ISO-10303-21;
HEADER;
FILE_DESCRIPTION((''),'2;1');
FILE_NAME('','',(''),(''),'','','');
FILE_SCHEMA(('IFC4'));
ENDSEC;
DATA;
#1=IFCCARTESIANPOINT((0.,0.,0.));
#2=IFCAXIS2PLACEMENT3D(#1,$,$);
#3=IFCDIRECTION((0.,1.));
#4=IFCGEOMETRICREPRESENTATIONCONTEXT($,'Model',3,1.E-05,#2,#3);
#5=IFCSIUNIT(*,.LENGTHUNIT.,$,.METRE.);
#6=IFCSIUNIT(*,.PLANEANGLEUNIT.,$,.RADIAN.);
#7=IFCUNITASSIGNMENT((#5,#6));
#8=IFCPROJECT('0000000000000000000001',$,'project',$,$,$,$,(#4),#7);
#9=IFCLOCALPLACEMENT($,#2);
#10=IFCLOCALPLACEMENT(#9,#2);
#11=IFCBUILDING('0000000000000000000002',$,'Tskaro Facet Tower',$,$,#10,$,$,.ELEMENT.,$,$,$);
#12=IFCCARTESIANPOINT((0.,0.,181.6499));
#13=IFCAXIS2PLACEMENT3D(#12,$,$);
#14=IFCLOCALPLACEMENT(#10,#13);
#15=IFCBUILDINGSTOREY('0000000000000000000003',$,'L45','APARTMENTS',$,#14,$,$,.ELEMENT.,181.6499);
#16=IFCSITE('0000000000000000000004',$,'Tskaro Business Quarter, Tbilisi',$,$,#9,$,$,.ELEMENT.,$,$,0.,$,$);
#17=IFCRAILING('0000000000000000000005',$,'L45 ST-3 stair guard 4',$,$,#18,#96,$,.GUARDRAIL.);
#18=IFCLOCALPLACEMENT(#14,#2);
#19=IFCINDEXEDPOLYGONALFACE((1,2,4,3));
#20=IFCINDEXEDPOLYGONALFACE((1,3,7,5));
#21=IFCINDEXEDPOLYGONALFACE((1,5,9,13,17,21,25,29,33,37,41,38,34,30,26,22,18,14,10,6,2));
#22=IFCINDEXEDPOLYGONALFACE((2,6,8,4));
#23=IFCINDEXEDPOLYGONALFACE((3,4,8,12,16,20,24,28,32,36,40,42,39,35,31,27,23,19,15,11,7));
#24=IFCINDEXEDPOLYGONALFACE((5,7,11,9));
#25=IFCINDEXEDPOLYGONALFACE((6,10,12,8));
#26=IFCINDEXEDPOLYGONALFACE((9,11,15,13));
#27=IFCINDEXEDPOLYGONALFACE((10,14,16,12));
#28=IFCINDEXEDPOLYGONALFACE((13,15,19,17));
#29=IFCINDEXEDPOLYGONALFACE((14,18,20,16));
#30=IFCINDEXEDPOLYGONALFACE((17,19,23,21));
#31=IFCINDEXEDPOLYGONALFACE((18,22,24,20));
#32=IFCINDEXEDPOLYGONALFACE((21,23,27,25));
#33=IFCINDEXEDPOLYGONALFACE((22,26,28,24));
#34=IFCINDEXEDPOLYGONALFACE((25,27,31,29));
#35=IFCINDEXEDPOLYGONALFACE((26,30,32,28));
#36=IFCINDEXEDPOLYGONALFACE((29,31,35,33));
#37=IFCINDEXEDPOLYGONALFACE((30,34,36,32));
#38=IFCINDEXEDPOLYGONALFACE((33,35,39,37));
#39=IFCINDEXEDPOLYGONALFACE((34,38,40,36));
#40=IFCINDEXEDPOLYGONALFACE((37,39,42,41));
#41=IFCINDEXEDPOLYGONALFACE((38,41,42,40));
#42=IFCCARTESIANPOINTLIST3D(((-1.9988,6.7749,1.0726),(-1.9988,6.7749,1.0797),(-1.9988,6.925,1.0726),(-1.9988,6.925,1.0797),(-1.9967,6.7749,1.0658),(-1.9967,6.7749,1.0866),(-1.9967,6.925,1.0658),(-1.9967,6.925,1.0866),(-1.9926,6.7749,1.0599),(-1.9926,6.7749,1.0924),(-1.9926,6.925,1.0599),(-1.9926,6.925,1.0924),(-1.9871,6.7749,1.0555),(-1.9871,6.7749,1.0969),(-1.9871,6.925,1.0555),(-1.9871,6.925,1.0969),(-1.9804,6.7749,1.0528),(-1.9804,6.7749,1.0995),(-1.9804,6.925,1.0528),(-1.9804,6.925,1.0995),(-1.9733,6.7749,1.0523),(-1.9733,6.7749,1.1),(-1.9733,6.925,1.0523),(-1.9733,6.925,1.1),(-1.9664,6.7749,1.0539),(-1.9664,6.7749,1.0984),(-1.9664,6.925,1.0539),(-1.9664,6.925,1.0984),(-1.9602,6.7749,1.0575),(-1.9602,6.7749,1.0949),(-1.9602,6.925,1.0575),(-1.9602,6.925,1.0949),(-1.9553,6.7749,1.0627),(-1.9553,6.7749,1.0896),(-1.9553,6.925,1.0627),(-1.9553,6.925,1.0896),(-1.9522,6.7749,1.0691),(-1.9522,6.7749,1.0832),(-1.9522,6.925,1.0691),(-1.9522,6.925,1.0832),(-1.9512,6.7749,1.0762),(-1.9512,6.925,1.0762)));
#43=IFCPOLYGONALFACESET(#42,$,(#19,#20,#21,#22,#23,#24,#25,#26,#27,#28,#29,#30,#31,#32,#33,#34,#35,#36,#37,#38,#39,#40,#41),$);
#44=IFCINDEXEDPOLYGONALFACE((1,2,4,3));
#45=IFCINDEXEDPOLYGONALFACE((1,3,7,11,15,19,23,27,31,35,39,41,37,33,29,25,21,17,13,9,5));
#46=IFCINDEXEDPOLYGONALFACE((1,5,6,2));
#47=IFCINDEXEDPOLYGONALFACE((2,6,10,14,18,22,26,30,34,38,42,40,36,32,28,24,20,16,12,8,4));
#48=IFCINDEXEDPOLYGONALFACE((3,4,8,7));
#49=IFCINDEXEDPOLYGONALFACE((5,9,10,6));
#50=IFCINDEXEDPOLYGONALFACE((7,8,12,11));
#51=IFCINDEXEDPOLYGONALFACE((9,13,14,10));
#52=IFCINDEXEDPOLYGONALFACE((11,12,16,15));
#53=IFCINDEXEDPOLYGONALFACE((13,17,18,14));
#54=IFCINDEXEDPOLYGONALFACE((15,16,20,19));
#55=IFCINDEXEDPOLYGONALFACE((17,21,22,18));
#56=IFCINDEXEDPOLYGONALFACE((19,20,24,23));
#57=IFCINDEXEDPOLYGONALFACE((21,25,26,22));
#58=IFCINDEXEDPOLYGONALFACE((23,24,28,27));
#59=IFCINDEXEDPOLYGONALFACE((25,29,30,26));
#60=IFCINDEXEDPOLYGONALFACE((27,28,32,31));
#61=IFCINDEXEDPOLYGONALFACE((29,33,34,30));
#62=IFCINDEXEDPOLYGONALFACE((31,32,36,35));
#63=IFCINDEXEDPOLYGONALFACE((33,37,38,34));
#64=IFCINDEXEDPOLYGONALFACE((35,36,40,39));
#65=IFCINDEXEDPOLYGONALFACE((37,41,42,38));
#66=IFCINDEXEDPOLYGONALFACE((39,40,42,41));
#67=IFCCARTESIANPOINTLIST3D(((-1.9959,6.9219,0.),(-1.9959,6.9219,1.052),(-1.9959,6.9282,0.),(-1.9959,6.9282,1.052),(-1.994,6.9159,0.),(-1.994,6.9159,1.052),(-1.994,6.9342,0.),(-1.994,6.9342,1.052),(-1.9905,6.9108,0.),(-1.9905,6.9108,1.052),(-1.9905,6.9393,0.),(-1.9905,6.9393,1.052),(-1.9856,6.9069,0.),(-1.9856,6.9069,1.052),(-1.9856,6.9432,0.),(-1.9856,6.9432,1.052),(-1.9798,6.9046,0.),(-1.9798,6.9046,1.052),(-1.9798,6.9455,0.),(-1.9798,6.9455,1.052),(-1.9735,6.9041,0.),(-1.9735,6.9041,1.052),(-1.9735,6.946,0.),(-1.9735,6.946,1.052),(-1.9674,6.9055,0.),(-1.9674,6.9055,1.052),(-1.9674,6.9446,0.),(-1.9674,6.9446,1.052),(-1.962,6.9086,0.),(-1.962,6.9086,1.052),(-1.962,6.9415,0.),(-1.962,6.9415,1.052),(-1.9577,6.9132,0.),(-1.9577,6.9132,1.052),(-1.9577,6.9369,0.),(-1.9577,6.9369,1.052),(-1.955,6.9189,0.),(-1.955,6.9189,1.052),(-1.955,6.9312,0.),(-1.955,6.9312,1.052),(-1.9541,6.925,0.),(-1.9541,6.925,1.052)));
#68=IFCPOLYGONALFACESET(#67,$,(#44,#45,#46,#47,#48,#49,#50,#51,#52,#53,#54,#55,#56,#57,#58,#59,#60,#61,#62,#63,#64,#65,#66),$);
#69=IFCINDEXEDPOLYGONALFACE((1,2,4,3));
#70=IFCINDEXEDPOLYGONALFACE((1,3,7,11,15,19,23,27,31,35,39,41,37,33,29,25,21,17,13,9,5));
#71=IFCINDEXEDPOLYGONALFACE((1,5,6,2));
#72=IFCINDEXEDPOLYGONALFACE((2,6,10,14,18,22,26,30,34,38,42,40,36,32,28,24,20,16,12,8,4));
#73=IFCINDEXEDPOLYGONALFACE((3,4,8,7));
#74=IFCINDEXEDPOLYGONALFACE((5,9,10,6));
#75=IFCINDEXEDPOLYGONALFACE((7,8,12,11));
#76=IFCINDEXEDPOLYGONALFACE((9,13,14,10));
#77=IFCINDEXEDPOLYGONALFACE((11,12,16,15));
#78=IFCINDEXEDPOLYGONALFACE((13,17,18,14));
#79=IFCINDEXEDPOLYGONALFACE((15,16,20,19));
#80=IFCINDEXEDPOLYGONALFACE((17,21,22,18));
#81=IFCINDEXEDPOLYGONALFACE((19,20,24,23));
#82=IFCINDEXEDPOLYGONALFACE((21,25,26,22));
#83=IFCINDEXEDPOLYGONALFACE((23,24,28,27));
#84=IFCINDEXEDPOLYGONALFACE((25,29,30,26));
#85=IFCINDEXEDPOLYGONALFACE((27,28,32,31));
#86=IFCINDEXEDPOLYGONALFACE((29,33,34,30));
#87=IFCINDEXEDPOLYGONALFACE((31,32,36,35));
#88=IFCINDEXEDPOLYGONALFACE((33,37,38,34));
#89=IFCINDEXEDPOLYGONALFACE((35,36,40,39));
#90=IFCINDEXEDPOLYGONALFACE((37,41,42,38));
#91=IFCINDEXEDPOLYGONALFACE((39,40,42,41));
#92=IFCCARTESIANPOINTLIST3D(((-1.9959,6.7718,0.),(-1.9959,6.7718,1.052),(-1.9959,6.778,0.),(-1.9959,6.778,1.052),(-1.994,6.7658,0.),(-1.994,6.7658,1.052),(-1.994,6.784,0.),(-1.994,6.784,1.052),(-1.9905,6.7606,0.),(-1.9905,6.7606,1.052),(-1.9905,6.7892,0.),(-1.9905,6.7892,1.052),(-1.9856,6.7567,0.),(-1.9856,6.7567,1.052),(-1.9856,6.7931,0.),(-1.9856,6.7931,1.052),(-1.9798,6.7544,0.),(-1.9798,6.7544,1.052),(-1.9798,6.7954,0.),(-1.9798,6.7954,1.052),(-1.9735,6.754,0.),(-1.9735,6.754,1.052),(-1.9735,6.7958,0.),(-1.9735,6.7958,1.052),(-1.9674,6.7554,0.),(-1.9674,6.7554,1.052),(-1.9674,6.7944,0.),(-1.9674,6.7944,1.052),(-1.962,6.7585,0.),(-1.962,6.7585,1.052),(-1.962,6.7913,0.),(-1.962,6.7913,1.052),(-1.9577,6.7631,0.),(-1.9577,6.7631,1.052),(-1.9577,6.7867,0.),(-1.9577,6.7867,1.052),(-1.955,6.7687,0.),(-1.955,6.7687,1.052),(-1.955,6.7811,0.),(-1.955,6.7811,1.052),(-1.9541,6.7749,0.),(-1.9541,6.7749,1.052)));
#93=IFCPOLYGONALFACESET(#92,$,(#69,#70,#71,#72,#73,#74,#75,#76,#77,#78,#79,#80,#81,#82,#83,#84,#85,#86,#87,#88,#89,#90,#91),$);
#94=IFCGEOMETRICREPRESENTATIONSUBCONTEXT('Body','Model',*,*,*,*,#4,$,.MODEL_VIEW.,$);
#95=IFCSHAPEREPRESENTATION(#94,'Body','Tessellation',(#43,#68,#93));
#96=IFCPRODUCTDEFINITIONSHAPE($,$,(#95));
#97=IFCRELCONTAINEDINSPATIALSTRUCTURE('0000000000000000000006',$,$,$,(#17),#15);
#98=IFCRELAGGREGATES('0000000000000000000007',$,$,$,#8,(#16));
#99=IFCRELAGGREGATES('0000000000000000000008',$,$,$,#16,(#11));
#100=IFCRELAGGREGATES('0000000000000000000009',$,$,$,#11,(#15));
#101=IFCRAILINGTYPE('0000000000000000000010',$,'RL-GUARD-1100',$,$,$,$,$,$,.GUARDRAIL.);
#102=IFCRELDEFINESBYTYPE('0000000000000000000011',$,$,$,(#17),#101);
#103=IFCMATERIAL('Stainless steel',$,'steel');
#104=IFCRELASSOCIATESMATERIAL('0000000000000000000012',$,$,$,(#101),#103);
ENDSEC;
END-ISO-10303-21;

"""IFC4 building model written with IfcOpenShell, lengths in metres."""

from ifc_helpers import new_model, si_unit, direction, frame, origin, origin_2d, place, context, subcontext, project, spatial, circle, extrude, material, type_object, element, save


model = new_model("IFC4")

# Units and contexts
model_context = context("Model", 3, precision=1e-05, world=origin(), true_north=direction((0.0, 1.0)))
body_context = subcontext(model_context, "Body", "Model", "MODEL_VIEW")
ifc_project = project(units=[si_unit("LENGTHUNIT", "METRE"), si_unit("PLANEANGLEUNIT", "RADIAN")], contexts=[model_context])

# Site, building, storey
site_placement = place(None, origin())
site = spatial("IfcSite", under=ifc_project, at=site_placement, Name="Tskaro Business Quarter, Tbilisi", CompositionType="ELEMENT", RefElevation=0.0)
building_placement = place(site_placement, origin())
building = spatial("IfcBuilding", under=site, at=building_placement, Name="Tskaro Facet Tower", CompositionType="ELEMENT")
storey_placement = place(building_placement, frame((0.0, 0.0, 181.6499)))
storey = spatial("IfcBuildingStorey", under=building, at=storey_placement, Name="L45", Description="APARTMENTS", CompositionType="ELEMENT", Elevation=181.6499)

# Railing
ifc_material_1 = material(Name="Stainless steel", Category="steel")
railing_type_1 = type_object("IfcRailingType", Name="RL-GUARD-1100", PredefinedType="GUARDRAIL", material=ifc_material_1)
railing_1_placement = place(storey_placement, frame((-1.9751, 6.925, 0.0)))
element("IfcRailing", 1, at=railing_1_placement, inside=storey, type_object=railing_type_1, Name="L45 ST-3 stair guard 4", PredefinedType="GUARDRAIL", context=body_context, shape_type="SweptSolid", body=[
    extrude(circle(Radius=0.0239, at=origin_2d()), frame((0.0, 0.0, 1.0762), z_axis=(0.0, -1.0, 0.0), x_axis=(1.0, 0.0, 0.0)), (0.0, 0.0, 1.0), 0.1501),
    extrude(circle(Radius=0.021, at=origin_2d()), origin(), (0.0, 0.0, 1.0), 1.052),
    extrude(circle(Radius=0.021, at=origin_2d()), frame((0.0, -0.1501, 0.0)), (0.0, 0.0, 1.0), 1.052),
])

save(model, "model.ifc")
